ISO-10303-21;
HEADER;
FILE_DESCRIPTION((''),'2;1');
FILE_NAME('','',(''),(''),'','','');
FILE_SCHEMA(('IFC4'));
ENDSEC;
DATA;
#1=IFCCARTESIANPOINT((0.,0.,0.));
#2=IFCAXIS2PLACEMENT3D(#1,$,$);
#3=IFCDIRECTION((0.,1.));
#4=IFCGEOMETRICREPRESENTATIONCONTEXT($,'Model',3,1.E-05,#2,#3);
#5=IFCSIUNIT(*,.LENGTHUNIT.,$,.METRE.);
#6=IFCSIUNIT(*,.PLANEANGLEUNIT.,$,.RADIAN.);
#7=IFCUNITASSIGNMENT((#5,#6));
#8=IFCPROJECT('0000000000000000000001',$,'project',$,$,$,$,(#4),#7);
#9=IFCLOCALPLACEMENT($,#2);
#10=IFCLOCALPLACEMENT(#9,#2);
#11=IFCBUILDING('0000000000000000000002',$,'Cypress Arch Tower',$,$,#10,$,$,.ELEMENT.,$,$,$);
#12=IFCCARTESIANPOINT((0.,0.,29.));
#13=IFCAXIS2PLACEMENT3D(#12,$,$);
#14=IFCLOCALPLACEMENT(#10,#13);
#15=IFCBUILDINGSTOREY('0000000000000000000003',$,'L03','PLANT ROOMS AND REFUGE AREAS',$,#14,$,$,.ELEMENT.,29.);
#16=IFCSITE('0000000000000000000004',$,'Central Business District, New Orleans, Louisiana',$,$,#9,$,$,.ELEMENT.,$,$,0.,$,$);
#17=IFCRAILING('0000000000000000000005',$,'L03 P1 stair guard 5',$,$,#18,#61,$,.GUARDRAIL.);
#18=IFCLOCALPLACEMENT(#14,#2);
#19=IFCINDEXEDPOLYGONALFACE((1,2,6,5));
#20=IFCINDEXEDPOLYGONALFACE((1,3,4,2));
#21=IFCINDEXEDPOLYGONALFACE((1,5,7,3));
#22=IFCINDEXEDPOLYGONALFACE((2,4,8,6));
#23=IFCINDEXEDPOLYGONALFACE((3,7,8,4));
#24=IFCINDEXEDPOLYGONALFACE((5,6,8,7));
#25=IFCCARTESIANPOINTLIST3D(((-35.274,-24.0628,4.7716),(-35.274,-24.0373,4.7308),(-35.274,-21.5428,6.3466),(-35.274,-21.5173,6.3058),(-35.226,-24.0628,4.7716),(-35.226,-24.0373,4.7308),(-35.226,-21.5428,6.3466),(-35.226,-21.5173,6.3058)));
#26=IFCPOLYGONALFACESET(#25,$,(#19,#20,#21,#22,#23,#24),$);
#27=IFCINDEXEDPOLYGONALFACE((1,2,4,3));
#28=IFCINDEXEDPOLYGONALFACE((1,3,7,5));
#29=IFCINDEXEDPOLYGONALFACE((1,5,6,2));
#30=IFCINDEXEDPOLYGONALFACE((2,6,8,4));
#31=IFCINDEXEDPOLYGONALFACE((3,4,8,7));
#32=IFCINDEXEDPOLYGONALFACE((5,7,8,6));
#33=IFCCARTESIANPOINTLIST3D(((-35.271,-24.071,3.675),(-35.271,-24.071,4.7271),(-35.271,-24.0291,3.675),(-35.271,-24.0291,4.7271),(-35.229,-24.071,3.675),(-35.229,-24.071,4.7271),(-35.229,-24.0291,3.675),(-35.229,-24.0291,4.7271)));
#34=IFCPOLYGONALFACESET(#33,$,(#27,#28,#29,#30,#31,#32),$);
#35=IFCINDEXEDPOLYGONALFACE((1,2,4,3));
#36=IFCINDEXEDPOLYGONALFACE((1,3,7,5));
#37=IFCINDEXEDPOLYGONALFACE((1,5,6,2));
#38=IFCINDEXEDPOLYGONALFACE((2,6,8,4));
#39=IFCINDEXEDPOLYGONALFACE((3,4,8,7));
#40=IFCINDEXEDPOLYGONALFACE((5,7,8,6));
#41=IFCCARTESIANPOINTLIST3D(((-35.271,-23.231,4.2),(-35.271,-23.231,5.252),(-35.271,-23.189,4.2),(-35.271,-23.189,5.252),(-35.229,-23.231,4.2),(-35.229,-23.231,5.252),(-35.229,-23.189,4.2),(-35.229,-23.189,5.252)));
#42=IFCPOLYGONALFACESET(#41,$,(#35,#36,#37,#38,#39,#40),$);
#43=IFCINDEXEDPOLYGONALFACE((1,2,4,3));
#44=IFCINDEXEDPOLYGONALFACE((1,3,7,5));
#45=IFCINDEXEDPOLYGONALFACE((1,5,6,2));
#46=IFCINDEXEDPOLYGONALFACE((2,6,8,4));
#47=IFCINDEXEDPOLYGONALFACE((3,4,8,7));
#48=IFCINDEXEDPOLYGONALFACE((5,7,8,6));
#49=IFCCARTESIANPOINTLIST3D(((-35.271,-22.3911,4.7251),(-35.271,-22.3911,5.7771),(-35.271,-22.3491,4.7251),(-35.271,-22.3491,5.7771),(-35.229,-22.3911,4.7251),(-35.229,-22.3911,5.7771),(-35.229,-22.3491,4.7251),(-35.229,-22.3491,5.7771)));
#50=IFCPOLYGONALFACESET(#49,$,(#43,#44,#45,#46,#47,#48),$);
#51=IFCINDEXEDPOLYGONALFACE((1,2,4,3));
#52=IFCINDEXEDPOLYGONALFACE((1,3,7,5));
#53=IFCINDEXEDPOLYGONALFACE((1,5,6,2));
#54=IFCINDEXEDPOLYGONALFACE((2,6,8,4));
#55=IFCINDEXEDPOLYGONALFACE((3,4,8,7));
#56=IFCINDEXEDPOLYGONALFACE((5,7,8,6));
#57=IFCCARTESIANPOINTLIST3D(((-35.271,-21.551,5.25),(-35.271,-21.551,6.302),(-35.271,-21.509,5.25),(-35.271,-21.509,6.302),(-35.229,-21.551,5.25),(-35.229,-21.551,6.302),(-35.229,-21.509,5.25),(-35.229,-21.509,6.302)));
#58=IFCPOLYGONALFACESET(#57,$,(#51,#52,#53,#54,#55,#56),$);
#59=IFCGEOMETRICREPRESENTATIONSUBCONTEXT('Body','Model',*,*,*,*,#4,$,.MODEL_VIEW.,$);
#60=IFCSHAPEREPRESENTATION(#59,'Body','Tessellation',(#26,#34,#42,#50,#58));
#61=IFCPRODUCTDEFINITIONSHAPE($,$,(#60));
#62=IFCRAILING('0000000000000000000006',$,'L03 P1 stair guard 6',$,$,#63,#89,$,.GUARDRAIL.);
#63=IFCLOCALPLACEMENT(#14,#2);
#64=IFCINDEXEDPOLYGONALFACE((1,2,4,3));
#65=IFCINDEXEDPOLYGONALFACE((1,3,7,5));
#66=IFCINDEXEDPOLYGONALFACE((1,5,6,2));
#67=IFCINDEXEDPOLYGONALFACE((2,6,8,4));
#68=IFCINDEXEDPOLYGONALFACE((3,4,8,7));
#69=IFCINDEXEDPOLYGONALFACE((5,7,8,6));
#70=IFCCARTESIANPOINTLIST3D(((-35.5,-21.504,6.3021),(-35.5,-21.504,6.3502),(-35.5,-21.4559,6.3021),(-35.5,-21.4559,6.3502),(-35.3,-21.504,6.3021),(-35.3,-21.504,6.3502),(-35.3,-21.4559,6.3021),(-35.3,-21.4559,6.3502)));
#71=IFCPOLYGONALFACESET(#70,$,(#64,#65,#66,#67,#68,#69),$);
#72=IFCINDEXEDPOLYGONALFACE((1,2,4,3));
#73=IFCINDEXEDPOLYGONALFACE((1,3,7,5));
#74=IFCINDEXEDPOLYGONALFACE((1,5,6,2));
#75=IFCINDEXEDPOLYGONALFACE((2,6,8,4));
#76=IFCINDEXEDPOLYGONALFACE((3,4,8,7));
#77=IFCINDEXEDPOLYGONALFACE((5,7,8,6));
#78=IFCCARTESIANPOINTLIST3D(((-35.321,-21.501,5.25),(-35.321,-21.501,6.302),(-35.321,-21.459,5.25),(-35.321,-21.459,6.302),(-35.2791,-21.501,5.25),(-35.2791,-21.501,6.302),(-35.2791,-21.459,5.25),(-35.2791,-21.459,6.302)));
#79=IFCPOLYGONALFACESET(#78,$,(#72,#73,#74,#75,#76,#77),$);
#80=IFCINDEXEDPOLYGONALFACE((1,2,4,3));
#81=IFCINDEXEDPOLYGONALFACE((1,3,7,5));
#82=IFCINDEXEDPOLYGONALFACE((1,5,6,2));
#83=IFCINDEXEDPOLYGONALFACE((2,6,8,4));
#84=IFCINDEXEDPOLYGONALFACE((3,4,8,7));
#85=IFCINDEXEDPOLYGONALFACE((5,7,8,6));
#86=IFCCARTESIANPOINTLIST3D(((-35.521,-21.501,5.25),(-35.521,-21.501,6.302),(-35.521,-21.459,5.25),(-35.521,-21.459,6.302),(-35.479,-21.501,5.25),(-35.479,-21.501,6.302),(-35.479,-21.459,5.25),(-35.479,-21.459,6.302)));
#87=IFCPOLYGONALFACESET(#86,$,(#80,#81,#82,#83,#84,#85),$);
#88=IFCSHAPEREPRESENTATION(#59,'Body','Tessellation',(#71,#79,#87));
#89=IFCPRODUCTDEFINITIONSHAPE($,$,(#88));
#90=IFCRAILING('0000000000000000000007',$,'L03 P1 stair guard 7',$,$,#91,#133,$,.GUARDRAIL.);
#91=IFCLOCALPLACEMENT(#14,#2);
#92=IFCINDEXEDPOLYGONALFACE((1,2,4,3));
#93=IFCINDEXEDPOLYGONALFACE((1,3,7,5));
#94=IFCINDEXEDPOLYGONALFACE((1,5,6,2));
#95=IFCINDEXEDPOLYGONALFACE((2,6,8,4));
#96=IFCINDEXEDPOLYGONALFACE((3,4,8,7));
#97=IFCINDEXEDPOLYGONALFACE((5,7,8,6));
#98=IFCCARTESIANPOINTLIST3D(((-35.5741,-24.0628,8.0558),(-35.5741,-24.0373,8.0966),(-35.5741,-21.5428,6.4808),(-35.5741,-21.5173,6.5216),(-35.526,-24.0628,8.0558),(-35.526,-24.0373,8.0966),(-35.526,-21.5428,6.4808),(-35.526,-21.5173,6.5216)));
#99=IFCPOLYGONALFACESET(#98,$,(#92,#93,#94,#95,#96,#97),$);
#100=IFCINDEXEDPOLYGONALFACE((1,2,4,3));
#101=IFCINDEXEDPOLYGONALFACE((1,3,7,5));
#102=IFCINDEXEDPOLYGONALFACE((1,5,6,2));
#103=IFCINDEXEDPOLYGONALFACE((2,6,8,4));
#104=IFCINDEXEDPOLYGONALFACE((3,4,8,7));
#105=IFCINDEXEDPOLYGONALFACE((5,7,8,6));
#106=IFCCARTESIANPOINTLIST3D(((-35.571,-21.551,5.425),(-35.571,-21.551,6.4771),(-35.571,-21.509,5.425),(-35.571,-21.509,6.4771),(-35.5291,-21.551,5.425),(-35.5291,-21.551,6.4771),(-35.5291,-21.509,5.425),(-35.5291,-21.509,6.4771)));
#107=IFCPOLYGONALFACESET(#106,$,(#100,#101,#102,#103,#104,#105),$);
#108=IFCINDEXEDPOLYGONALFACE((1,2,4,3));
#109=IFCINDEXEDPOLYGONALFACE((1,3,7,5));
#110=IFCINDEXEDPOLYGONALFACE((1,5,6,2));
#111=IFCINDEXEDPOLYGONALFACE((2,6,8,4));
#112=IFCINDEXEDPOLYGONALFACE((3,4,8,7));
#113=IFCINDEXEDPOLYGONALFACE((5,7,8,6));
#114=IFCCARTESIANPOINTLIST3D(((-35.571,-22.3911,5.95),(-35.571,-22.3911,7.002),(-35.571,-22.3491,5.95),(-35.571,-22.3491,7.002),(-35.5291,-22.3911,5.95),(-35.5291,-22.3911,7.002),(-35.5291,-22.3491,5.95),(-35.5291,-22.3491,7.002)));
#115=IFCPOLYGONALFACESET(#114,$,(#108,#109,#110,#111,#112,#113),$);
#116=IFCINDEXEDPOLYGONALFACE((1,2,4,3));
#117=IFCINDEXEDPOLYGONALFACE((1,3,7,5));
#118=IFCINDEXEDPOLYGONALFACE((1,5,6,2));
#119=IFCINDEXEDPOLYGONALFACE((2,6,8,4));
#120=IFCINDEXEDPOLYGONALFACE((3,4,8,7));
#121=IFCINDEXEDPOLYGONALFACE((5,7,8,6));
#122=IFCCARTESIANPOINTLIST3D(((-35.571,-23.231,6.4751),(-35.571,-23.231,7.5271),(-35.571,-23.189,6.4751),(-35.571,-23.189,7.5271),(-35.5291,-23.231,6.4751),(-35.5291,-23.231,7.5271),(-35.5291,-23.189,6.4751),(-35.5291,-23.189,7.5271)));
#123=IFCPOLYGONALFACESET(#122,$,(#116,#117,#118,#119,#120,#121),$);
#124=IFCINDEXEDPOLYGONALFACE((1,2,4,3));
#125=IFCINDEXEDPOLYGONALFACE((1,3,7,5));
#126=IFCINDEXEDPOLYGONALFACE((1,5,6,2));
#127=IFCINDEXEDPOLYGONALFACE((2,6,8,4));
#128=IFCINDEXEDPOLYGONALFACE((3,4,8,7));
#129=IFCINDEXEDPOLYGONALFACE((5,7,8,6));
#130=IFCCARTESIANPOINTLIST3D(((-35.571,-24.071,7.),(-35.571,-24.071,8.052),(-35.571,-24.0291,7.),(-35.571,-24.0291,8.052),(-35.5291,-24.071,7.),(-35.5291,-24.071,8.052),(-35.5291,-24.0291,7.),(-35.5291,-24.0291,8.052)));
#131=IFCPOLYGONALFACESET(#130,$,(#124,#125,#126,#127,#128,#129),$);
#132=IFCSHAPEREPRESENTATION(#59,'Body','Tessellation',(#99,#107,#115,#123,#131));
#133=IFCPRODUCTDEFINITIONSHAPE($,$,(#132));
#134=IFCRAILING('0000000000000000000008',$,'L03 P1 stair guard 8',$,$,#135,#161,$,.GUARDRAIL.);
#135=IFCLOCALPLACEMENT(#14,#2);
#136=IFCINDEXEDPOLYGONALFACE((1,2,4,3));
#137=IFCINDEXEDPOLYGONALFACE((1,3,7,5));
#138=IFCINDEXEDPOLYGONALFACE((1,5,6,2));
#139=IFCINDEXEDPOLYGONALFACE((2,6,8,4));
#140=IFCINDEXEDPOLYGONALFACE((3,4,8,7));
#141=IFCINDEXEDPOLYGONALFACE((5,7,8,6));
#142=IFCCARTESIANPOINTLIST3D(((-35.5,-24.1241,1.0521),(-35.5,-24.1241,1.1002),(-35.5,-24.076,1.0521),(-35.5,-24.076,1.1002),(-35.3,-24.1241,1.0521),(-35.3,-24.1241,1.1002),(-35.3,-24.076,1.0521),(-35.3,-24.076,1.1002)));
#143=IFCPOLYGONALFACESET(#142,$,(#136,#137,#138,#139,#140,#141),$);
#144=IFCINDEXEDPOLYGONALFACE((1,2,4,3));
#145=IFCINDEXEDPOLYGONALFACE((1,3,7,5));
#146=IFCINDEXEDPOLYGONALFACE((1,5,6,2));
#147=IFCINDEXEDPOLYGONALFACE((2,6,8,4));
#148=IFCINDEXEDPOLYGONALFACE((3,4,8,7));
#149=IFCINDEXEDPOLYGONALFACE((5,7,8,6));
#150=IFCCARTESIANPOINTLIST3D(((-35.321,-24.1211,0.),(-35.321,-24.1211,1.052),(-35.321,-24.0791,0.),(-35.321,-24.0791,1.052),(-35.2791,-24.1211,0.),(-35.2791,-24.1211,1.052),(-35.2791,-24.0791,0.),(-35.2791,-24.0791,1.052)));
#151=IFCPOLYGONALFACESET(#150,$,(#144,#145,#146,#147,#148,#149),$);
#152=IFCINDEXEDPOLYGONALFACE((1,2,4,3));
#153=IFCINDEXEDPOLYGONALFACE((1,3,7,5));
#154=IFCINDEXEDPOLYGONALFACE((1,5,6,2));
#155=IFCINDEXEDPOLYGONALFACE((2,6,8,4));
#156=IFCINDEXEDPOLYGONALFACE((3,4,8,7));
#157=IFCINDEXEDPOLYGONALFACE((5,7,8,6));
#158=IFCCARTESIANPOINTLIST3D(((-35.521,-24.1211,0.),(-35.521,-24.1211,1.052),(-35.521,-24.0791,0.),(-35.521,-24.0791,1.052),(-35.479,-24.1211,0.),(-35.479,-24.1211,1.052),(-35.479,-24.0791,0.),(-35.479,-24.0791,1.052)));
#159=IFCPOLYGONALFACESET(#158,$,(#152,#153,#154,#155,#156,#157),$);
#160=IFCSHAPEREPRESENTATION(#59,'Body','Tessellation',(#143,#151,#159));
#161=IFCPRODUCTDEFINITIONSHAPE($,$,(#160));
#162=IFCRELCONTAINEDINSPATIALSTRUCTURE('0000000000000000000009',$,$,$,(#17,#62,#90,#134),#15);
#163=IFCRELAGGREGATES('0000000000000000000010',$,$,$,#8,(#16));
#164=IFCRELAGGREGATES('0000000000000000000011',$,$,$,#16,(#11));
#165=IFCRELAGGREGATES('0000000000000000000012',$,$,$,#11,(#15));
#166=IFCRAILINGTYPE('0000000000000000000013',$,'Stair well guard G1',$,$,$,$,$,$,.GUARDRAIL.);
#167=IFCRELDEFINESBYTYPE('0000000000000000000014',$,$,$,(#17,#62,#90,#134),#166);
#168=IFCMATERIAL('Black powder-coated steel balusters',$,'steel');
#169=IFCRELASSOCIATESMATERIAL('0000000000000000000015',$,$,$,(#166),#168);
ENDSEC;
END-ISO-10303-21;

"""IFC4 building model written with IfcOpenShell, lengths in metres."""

from ifc_helpers import new_model, si_unit, direction, frame, origin, origin_2d, place, context, subcontext, project, spatial, rectangle, extrude, material, type_object, element, save


model = new_model("IFC4")

# Units and contexts
model_context = context("Model", 3, precision=1e-05, world=origin(), true_north=direction((0.0, 1.0)))
body_context = subcontext(model_context, "Body", "Model", "MODEL_VIEW")
ifc_project = project(units=[si_unit("LENGTHUNIT", "METRE"), si_unit("PLANEANGLEUNIT", "RADIAN")], contexts=[model_context])

# Site, building, storey
site_placement = place(None, origin())
site = spatial("IfcSite", under=ifc_project, at=site_placement, Name="Central Business District, New Orleans, Louisiana", CompositionType="ELEMENT", RefElevation=0.0)
building_placement = place(site_placement, origin())
building = spatial("IfcBuilding", under=site, at=building_placement, Name="Cypress Arch Tower", CompositionType="ELEMENT")
storey_placement = place(building_placement, frame((0.0, 0.0, 29.0)))
storey = spatial("IfcBuildingStorey", under=building, at=storey_placement, Name="L03", Description="PLANT ROOMS AND REFUGE AREAS", CompositionType="ELEMENT", Elevation=29.0)

# Railings
ifc_material_1 = material(Name="Black powder-coated steel balusters", Category="steel")
railing_type_1 = type_object("IfcRailingType", Name="Stair well guard G1", PredefinedType="GUARDRAIL", material=ifc_material_1)
railing_1_placement = place(storey_placement, frame((-35.25, -24.05, 3.675)))
element("IfcRailing", 1, at=railing_1_placement, inside=storey, type_object=railing_type_1, Name="L03 P1 stair guard 5", PredefinedType="GUARDRAIL", context=body_context, shape_type="SweptSolid", body=[
    extrude(rectangle(XDim=0.0481, YDim=0.0481, at=origin_2d()), frame((0.0, 0.0, 1.0762), z_axis=(0.0, 0.848008, 0.529984), x_axis=(-1.0, 0.0, 0.0)), (0.0, 0.0, 1.0), 2.9717),
    extrude(rectangle(XDim=0.042, YDim=0.042, at=origin_2d()), origin(), (0.0, 0.0, 1.0), 1.052),
    extrude(rectangle(XDim=0.042, YDim=0.042, at=origin_2d()), frame((0.0, 0.8401, 0.5249)), (0.0, 0.0, 1.0), 1.052),
    extrude(rectangle(XDim=0.042, YDim=0.042, at=origin_2d()), frame((0.0, 1.6799, 1.05)), (0.0, 0.0, 1.0), 1.052),
    extrude(rectangle(XDim=0.042, YDim=0.042, at=origin_2d()), frame((0.0, 2.52, 1.575)), (0.0, 0.0, 1.0), 1.052),
])
railing_2_placement = place(storey_placement, frame((-35.3, -21.48, 5.25)))
element("IfcRailing", 2, at=railing_2_placement, inside=storey, type_object=railing_type_1, Name="L03 P1 stair guard 6", PredefinedType="GUARDRAIL", context=body_context, shape_type="SweptSolid", body=[
    extrude(rectangle(XDim=0.0481, YDim=0.0481, at=origin_2d()), frame((0.0, 0.0, 1.0762), z_axis=(-1.0, 0.0, 0.0), x_axis=(0.0, -1.0, 0.0)), (0.0, 0.0, 1.0), 0.2),
    extrude(rectangle(XDim=0.042, YDim=0.042, at=origin_2d()), origin(), (0.0, 0.0, 1.0), 1.052),
    extrude(rectangle(XDim=0.042, YDim=0.042, at=origin_2d()), frame((-0.2, 0.0, 0.0)), (0.0, 0.0, 1.0), 1.052),
])
railing_3_placement = place(storey_placement, frame((-35.55, -21.53, 5.425)))
element("IfcRailing", 3, at=railing_3_placement, inside=storey, type_object=railing_type_1, Name="L03 P1 stair guard 7", PredefinedType="GUARDRAIL", context=body_context, shape_type="SweptSolid", body=[
    extrude(rectangle(XDim=0.0481, YDim=0.0481, at=origin_2d()), frame((0.0, 0.0, 1.0762), z_axis=(0.0, -0.848008, 0.529984), x_axis=(1.0, 0.0, 0.0)), (0.0, 0.0, 1.0), 2.9717),
    extrude(rectangle(XDim=0.042, YDim=0.042, at=origin_2d()), origin(), (0.0, 0.0, 1.0), 1.052),
    extrude(rectangle(XDim=0.042, YDim=0.042, at=origin_2d()), frame((0.0, -0.8401, 0.5249)), (0.0, 0.0, 1.0), 1.052),
    extrude(rectangle(XDim=0.042, YDim=0.042, at=origin_2d()), frame((0.0, -1.6799, 1.05)), (0.0, 0.0, 1.0), 1.052),
    extrude(rectangle(XDim=0.042, YDim=0.042, at=origin_2d()), frame((0.0, -2.52, 1.575)), (0.0, 0.0, 1.0), 1.052),
])
railing_4_placement = place(storey_placement, frame((-35.3, -24.1001, 0.0)))
element("IfcRailing", 4, at=railing_4_placement, inside=storey, type_object=railing_type_1, Name="L03 P1 stair guard 8", PredefinedType="GUARDRAIL", context=body_context, shape_type="SweptSolid", body=[
    extrude(rectangle(XDim=0.0481, YDim=0.0481, at=origin_2d()), frame((0.0, 0.0, 1.0762), z_axis=(-1.0, 0.0, 0.0), x_axis=(0.0, -1.0, 0.0)), (0.0, 0.0, 1.0), 0.2),
    extrude(rectangle(XDim=0.042, YDim=0.042, at=origin_2d()), origin(), (0.0, 0.0, 1.0), 1.052),
    extrude(rectangle(XDim=0.042, YDim=0.042, at=origin_2d()), frame((-0.2, 0.0, 0.0)), (0.0, 0.0, 1.0), 1.052),
])

save(model, "model.ifc")
